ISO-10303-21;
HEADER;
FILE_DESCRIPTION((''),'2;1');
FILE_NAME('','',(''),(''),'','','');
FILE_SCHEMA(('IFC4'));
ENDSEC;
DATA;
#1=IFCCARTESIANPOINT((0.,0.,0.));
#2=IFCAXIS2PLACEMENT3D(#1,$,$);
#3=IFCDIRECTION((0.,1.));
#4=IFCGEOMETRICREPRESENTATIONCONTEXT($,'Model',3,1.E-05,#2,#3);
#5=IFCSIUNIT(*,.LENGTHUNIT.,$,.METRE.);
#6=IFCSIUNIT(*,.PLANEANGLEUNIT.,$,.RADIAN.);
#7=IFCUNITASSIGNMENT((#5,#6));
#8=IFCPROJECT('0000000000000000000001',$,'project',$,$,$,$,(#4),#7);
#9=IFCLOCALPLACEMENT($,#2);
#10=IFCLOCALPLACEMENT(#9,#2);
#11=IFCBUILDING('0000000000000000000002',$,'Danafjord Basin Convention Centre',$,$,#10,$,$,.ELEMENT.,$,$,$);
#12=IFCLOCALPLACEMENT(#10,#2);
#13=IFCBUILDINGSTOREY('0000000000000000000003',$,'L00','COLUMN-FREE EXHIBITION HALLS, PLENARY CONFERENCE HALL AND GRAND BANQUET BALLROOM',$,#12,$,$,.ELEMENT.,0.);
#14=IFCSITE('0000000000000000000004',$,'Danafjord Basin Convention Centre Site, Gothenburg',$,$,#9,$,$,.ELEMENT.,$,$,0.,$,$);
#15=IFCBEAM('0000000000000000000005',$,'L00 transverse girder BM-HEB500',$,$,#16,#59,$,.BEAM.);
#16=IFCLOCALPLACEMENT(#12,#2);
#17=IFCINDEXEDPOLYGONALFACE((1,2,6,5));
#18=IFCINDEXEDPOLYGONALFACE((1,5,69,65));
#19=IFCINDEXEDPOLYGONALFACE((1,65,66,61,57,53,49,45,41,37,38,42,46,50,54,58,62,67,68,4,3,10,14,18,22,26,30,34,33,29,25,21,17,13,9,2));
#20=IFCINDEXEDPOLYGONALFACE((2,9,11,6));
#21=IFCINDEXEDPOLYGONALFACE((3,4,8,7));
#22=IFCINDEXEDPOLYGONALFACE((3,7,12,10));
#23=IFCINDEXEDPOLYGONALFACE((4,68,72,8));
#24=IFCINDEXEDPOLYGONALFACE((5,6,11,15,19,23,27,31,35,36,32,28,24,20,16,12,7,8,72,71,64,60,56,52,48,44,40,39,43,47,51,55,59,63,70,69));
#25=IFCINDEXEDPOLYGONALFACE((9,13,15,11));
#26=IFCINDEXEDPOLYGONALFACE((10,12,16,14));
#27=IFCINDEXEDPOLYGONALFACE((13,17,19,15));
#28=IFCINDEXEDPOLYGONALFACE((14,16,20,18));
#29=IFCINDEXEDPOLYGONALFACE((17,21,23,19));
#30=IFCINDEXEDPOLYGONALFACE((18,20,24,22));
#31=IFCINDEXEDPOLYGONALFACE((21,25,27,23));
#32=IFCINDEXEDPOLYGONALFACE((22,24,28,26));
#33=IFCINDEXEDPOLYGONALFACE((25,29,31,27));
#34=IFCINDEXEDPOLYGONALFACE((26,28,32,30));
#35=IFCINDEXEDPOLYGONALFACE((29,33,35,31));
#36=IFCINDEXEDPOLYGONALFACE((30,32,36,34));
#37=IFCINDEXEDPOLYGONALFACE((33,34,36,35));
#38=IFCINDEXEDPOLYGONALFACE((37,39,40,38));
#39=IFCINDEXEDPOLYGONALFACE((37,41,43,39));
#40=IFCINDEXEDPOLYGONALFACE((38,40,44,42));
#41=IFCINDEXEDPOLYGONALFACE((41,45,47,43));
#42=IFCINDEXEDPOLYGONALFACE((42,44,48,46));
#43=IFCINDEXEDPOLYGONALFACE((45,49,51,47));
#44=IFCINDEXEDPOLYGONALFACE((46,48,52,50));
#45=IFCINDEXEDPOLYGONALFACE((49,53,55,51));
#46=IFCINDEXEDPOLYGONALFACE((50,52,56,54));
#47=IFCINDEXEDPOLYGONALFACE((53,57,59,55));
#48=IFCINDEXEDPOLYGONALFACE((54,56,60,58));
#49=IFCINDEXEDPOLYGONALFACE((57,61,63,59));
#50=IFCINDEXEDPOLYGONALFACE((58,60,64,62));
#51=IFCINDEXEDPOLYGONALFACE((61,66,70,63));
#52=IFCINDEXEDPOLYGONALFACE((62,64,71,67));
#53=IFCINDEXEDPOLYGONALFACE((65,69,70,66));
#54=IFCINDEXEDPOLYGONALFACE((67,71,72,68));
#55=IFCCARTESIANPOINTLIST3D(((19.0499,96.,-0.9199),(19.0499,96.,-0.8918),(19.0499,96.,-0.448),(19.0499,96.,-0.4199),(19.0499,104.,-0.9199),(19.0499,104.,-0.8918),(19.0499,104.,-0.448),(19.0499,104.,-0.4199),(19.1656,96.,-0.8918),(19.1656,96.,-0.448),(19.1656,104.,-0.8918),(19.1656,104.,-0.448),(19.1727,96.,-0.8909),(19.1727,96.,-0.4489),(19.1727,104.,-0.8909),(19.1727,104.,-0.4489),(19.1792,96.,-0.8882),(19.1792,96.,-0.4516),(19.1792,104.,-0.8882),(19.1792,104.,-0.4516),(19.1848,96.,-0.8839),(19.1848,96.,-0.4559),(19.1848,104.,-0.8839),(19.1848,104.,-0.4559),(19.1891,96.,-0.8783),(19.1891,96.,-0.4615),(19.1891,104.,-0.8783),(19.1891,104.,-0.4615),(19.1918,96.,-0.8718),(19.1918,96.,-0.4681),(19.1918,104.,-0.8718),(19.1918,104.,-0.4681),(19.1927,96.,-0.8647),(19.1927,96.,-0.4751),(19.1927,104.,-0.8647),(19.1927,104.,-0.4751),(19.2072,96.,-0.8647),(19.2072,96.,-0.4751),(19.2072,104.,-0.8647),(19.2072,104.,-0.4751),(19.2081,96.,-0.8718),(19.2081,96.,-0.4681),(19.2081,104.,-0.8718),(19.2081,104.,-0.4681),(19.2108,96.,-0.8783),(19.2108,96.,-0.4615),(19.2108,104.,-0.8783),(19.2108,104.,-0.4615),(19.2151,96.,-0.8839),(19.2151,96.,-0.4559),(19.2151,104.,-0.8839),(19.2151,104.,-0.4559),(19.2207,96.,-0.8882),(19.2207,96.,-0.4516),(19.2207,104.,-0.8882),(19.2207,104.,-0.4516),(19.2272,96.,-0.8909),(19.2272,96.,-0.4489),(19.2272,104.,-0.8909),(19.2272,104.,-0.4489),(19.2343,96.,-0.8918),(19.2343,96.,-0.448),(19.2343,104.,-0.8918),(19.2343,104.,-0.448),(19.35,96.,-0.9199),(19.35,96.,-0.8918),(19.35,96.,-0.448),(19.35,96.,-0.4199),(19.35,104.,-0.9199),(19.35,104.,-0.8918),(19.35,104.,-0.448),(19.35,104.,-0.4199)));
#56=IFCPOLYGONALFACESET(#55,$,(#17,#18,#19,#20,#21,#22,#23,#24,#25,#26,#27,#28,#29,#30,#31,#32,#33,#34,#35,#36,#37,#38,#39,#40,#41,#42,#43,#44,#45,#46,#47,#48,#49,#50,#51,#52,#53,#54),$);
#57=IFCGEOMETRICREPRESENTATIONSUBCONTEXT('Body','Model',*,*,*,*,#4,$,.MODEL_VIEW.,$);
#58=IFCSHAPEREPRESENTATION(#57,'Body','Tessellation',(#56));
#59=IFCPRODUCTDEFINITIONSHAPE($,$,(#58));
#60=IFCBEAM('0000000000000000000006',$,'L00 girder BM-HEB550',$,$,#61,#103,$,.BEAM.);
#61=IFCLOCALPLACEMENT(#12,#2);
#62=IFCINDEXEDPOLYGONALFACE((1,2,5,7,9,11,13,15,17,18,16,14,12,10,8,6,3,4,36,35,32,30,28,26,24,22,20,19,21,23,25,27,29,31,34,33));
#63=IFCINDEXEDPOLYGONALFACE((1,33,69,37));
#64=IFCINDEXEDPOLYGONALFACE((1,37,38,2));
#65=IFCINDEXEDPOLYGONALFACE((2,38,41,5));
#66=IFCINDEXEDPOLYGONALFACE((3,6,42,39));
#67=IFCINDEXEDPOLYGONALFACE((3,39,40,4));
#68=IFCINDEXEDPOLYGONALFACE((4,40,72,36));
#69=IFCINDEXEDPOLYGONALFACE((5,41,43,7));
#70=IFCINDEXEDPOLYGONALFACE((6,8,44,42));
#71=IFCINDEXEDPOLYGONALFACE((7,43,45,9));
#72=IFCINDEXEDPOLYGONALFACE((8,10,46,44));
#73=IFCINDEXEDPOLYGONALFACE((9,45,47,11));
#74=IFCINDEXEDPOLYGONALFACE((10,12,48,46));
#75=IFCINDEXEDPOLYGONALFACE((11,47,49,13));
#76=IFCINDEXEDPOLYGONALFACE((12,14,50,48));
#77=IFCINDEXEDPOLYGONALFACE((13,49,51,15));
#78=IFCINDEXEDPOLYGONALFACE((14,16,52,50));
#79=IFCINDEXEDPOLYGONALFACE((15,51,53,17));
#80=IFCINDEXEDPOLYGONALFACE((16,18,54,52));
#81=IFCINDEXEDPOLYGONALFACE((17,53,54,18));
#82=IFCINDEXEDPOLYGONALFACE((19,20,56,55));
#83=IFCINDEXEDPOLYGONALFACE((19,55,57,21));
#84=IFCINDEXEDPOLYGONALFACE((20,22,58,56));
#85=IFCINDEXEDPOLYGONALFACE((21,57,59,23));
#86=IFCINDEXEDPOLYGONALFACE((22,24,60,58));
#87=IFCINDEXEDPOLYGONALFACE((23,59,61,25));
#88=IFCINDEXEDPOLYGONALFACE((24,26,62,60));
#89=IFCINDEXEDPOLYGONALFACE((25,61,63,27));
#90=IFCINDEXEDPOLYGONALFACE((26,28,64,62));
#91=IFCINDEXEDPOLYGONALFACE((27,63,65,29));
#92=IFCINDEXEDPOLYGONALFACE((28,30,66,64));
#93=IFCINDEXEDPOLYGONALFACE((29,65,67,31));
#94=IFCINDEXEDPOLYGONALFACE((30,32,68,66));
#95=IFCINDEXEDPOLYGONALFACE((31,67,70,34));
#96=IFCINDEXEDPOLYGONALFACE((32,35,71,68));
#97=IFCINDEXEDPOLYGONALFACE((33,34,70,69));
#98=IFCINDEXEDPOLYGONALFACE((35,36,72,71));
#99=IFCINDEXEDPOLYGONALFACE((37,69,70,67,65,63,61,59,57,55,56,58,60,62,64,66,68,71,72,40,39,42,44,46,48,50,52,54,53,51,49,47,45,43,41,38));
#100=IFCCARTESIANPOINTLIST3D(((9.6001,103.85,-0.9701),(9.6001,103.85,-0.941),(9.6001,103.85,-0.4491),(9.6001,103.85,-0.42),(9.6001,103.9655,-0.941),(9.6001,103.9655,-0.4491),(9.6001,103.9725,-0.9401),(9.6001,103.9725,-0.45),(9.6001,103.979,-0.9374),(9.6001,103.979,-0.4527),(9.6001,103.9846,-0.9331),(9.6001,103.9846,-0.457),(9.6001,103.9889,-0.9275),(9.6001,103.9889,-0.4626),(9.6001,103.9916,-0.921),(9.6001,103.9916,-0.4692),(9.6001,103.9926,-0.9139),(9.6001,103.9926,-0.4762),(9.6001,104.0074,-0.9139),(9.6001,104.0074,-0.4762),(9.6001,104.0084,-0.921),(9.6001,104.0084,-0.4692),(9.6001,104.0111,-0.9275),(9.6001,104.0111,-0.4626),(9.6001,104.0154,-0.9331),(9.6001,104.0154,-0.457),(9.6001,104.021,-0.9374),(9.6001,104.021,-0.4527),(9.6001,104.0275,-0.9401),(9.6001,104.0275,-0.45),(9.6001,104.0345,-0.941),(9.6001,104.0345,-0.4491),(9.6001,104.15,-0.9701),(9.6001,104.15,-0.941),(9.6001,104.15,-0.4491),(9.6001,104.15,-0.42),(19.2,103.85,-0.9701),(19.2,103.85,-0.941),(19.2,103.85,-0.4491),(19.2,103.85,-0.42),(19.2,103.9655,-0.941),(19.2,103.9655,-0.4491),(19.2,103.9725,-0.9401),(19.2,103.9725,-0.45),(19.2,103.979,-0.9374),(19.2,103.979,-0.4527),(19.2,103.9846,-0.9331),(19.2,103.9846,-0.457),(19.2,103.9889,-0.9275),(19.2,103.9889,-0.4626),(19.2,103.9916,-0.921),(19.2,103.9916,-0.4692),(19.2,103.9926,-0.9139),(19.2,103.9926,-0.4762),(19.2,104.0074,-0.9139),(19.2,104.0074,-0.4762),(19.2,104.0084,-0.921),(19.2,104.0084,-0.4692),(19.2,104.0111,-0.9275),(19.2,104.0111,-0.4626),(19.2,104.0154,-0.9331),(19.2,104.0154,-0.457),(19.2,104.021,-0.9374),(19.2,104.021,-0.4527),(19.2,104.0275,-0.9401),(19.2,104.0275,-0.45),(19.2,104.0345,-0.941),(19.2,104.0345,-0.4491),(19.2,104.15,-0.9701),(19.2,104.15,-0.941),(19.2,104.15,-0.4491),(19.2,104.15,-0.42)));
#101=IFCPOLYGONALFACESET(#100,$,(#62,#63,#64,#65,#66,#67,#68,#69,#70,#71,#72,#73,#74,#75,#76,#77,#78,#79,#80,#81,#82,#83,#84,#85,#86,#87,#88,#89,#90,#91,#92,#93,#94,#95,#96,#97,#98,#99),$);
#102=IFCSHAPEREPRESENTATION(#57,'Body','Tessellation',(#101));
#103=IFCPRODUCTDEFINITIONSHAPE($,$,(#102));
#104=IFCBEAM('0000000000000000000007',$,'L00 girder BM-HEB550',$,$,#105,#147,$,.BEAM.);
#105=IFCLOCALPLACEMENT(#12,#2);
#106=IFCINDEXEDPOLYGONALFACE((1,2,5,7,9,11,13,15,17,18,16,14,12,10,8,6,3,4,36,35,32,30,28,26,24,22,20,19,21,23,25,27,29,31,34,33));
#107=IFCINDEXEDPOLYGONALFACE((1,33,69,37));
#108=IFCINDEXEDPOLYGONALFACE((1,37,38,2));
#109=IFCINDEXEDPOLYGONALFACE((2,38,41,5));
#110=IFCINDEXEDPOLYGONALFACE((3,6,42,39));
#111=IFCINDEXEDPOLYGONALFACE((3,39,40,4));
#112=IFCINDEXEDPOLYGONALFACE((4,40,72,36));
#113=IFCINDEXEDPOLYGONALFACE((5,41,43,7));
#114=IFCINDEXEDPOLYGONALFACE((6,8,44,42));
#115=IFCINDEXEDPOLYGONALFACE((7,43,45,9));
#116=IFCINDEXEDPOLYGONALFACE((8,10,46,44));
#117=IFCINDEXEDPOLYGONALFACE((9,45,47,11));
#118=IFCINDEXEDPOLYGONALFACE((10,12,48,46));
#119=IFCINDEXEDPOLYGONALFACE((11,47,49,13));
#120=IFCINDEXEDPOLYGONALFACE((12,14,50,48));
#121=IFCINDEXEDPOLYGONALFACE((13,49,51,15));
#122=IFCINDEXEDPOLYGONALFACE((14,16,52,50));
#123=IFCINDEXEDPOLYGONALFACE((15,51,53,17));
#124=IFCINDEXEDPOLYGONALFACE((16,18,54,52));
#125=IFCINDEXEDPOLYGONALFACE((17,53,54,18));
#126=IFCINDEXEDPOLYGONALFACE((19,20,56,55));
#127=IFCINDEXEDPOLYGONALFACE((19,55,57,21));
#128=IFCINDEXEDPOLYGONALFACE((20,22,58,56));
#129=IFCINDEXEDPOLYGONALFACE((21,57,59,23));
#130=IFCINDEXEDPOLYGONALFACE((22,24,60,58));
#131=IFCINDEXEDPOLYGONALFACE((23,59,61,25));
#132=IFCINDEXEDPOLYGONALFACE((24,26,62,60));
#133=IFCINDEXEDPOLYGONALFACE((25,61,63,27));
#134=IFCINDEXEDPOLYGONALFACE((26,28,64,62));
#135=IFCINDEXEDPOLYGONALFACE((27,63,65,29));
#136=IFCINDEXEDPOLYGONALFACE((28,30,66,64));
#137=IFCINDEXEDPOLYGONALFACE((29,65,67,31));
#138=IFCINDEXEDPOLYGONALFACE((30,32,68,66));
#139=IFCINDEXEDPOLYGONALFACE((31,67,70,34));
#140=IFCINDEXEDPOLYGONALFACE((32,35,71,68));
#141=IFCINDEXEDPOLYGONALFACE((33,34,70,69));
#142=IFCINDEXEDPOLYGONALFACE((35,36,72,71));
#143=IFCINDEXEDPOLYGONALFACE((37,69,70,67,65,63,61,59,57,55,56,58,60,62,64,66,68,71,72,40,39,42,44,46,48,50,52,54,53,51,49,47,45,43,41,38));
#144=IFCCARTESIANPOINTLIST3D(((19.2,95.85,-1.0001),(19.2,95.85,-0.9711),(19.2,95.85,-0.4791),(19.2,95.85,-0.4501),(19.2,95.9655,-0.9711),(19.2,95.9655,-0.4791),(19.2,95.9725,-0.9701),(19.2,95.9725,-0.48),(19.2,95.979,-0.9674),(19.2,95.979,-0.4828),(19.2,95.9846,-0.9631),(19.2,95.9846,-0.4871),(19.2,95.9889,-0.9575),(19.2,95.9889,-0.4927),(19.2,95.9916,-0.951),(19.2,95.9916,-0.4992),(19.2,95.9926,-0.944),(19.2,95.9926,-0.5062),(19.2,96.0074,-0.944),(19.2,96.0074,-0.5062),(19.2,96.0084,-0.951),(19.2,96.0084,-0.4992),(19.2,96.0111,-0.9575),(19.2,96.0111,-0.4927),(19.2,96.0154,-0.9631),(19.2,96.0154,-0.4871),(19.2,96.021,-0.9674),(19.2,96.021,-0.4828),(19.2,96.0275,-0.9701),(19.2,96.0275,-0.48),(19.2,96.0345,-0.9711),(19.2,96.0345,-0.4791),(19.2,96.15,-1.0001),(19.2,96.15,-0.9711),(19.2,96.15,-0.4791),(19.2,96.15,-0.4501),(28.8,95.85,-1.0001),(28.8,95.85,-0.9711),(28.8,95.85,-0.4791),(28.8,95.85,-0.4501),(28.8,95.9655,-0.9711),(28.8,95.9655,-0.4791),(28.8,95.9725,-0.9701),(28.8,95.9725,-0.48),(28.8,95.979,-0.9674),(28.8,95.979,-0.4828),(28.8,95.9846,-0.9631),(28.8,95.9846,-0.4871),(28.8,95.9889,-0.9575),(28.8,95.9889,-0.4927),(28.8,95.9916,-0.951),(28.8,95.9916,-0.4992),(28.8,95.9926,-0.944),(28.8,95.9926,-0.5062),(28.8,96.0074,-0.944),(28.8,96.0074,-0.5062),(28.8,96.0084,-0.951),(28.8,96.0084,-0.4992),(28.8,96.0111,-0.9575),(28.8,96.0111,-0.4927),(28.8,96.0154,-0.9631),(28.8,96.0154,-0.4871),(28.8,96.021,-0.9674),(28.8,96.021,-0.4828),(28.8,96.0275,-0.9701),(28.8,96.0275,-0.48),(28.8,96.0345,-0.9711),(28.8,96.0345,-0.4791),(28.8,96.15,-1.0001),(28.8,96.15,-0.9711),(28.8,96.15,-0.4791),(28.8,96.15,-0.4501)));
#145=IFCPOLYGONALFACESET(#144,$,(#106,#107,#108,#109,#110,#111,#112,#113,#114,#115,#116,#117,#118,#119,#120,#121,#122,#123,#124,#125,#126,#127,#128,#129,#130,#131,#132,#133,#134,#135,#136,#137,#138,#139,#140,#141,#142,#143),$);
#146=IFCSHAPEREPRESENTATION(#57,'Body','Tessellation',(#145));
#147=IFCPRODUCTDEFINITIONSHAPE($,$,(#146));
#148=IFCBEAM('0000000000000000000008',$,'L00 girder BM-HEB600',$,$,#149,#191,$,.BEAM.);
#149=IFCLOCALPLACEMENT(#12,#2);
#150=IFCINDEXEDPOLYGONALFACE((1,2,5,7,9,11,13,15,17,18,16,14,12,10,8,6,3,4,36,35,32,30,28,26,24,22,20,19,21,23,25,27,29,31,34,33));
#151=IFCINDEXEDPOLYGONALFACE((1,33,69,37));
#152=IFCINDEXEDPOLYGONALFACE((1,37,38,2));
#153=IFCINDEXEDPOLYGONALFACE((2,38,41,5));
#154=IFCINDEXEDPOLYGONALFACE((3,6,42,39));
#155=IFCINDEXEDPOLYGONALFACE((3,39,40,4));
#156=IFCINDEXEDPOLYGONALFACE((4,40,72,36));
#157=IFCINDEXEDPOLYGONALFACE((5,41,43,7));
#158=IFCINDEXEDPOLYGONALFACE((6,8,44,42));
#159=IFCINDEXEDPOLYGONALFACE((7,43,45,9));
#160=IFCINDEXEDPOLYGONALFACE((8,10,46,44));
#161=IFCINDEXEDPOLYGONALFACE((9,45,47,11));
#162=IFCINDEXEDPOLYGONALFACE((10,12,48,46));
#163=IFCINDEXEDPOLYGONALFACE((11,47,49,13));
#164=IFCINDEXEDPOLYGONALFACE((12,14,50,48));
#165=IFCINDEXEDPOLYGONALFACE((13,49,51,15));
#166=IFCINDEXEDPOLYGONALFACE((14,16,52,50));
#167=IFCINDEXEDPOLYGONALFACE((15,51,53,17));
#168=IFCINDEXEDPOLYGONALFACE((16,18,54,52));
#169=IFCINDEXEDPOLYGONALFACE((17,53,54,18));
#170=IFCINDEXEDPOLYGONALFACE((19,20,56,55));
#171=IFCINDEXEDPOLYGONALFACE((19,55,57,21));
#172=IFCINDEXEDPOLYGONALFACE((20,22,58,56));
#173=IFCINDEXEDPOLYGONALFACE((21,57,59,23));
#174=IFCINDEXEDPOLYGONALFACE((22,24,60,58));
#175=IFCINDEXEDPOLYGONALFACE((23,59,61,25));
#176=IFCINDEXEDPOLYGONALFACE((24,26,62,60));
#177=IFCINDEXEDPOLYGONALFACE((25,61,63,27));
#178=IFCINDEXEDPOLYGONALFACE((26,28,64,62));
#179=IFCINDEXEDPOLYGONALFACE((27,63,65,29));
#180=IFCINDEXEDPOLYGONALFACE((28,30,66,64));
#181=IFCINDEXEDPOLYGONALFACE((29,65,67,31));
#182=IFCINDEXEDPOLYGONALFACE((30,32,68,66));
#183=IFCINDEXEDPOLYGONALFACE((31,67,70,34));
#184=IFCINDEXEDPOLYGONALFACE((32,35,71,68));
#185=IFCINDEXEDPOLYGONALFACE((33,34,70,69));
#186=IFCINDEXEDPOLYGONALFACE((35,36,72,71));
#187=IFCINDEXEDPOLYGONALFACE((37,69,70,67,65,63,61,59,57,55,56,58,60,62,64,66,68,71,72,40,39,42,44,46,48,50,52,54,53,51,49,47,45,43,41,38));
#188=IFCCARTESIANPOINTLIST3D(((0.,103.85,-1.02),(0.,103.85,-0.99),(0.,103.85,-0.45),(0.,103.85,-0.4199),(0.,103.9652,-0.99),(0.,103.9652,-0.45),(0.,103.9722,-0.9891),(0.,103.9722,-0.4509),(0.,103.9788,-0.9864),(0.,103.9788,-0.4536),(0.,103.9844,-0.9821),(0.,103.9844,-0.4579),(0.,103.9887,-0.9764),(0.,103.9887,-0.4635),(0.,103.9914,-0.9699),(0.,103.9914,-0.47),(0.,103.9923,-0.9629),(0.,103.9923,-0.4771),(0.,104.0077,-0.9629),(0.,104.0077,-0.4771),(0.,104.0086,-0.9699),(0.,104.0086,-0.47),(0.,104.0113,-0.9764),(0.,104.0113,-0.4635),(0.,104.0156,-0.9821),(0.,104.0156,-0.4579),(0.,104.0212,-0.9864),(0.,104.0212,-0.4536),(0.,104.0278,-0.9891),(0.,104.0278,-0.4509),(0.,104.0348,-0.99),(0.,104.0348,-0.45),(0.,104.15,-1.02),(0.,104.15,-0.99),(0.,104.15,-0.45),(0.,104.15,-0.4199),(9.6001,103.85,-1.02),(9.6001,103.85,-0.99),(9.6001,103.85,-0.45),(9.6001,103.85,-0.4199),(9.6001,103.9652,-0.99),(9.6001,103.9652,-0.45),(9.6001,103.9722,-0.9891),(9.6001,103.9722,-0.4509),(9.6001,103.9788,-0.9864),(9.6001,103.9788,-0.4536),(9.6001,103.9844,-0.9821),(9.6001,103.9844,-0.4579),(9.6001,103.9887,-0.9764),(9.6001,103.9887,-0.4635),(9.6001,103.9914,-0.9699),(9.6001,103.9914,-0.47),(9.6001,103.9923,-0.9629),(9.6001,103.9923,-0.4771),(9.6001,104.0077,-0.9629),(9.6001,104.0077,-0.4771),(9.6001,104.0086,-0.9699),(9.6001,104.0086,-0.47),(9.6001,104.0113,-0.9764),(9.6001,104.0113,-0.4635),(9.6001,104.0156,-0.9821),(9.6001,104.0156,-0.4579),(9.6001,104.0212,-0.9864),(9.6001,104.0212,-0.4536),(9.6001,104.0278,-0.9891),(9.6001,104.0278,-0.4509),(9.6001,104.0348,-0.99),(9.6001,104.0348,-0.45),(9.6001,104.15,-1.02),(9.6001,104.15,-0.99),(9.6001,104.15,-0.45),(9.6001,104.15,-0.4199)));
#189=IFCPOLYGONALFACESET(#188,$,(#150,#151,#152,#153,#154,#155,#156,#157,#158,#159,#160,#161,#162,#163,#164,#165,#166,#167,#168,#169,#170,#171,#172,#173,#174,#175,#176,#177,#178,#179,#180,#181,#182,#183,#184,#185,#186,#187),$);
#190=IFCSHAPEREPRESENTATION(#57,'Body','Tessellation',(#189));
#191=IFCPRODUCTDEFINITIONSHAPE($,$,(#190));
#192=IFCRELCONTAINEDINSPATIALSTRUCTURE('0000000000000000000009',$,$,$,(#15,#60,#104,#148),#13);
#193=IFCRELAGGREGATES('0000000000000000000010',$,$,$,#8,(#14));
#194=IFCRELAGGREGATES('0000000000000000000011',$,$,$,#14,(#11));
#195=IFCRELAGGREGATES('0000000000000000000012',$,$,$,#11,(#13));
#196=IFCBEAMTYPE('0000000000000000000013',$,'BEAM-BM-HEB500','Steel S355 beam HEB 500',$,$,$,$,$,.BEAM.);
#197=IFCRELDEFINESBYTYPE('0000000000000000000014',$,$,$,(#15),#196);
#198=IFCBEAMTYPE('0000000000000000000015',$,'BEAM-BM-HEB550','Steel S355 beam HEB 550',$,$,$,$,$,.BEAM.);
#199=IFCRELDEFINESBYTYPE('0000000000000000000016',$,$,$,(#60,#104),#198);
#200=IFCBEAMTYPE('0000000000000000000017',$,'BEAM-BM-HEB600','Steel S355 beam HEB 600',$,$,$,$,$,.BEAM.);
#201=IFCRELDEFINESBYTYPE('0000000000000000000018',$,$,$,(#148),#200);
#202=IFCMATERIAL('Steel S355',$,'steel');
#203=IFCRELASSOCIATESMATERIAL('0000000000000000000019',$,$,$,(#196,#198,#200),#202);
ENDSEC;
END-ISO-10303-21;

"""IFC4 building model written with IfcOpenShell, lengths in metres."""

from ifc_helpers import new_model, si_unit, direction, frame, origin, origin_2d, place, context, subcontext, project, spatial, i_section, extrude, material, material_profile, profile_set, type_object, element, save


model = new_model("IFC4")

# Units and contexts
model_context = context("Model", 3, precision=1e-05, world=origin(), true_north=direction((0.0, 1.0)))
body_context = subcontext(model_context, "Body", "Model", "MODEL_VIEW")
ifc_project = project(units=[si_unit("LENGTHUNIT", "METRE"), si_unit("PLANEANGLEUNIT", "RADIAN")], contexts=[model_context])

# Site, building, storey
site_placement = place(None, origin())
site = spatial("IfcSite", under=ifc_project, at=site_placement, Name="Danafjord Basin Convention Centre Site, Gothenburg", CompositionType="ELEMENT", RefElevation=0.0)
building_placement = place(site_placement, origin())
building = spatial("IfcBuilding", under=site, at=building_placement, Name="Danafjord Basin Convention Centre", CompositionType="ELEMENT")
storey_placement = place(building_placement, origin())
storey = spatial("IfcBuildingStorey", under=building, at=storey_placement, Name="L00", Description="COLUMN-FREE EXHIBITION HALLS, PLENARY CONFERENCE HALL AND GRAND BANQUET BALLROOM", CompositionType="ELEMENT", Elevation=0.0)

# Beams
ifc_material_1 = material(Name="Steel S355", Category="steel")
ifc_material_profile_1 = material_profile(ifc_material_1, i_section(OverallWidth=0.3, OverallDepth=0.5, WebThickness=0.0144, FlangeThickness=0.0281, FilletRadius=0.0271, at=origin_2d()), Name="HEB 500")
ifc_profile_set_1 = profile_set([ifc_material_profile_1], Name="Steel S355")
beam_type_1 = type_object("IfcBeamType", Name="BEAM-BM-HEB500", Description="Steel S355 beam HEB 500", PredefinedType="BEAM", material=ifc_profile_set_1)
for number, where, z_axis, x_axis, name in (
    (1, (19.2, 96.0, -0.6699), (0.0, 1.0, 0.0), (-1.0, 0.0, 0.0), "L00 transverse girder BM-HEB500"),
):
    element("IfcBeam", number, at=place(storey_placement, frame(where, z_axis=z_axis, x_axis=x_axis)), inside=storey, type_object=beam_type_1, Name=name, PredefinedType="BEAM", context=body_context, shape_type="SweptSolid", body=[
        extrude(i_section(OverallWidth=0.3, OverallDepth=0.5, WebThickness=0.0144, FlangeThickness=0.0281, FilletRadius=0.0271, at=origin_2d()), origin(), (0.0, 0.0, 1.0), 8.0),
    ])
ifc_material_profile_2 = material_profile(ifc_material_1, i_section(OverallWidth=0.3, OverallDepth=0.55, WebThickness=0.0149, FlangeThickness=0.0291, FilletRadius=0.0271, at=origin_2d()), Name="HEB 550")
ifc_profile_set_2 = profile_set([ifc_material_profile_2], Name="Steel S355")
beam_type_2 = type_object("IfcBeamType", Name="BEAM-BM-HEB550", Description="Steel S355 beam HEB 550", PredefinedType="BEAM", material=ifc_profile_set_2)
beam_1_placement = place(storey_placement, frame((9.6001, 104.0, -0.6951), z_axis=(1.0, 0.0, 0.0), x_axis=(0.0, 1.0, 0.0)))
element("IfcBeam", 2, at=beam_1_placement, inside=storey, type_object=beam_type_2, Name="L00 girder BM-HEB550", PredefinedType="BEAM", context=body_context, shape_type="SweptSolid", body=[
    extrude(i_section(OverallWidth=0.3, OverallDepth=0.55, WebThickness=0.0149, FlangeThickness=0.0291, FilletRadius=0.0271, at=origin_2d()), origin(), (0.0, 0.0, 1.0), 9.5999),
])
beam_2_placement = place(storey_placement, frame((19.2, 96.0, -0.7251), z_axis=(1.0, 0.0, 0.0), x_axis=(0.0, 1.0, 0.0)))
element("IfcBeam", 3, at=beam_2_placement, inside=storey, type_object=beam_type_2, Name="L00 girder BM-HEB550", PredefinedType="BEAM", context=body_context, shape_type="SweptSolid", body=[
    extrude(i_section(OverallWidth=0.3, OverallDepth=0.55, WebThickness=0.0149, FlangeThickness=0.0291, FilletRadius=0.0271, at=origin_2d()), origin(), (0.0, 0.0, 1.0), 9.6001),
])
ifc_material_profile_3 = material_profile(ifc_material_1, i_section(OverallWidth=0.3, OverallDepth=0.6001, WebThickness=0.0154, FlangeThickness=0.03, FilletRadius=0.0271, at=origin_2d()), Name="HEB 600")
ifc_profile_set_3 = profile_set([ifc_material_profile_3], Name="Steel S355")
beam_type_3 = type_object("IfcBeamType", Name="BEAM-BM-HEB600", Description="Steel S355 beam HEB 600", PredefinedType="BEAM", material=ifc_profile_set_3)
beam_3_placement = place(storey_placement, frame((0.0, 104.0, -0.72), z_axis=(1.0, 0.0, 0.0), x_axis=(0.0, 1.0, 0.0)))
element("IfcBeam", 4, at=beam_3_placement, inside=storey, type_object=beam_type_3, Name="L00 girder BM-HEB600", PredefinedType="BEAM", context=body_context, shape_type="SweptSolid", body=[
    extrude(i_section(OverallWidth=0.3, OverallDepth=0.6001, WebThickness=0.0154, FlangeThickness=0.03, FilletRadius=0.0271, at=origin_2d()), origin(), (0.0, 0.0, 1.0), 9.6001),
])

save(model, "model.ifc")
